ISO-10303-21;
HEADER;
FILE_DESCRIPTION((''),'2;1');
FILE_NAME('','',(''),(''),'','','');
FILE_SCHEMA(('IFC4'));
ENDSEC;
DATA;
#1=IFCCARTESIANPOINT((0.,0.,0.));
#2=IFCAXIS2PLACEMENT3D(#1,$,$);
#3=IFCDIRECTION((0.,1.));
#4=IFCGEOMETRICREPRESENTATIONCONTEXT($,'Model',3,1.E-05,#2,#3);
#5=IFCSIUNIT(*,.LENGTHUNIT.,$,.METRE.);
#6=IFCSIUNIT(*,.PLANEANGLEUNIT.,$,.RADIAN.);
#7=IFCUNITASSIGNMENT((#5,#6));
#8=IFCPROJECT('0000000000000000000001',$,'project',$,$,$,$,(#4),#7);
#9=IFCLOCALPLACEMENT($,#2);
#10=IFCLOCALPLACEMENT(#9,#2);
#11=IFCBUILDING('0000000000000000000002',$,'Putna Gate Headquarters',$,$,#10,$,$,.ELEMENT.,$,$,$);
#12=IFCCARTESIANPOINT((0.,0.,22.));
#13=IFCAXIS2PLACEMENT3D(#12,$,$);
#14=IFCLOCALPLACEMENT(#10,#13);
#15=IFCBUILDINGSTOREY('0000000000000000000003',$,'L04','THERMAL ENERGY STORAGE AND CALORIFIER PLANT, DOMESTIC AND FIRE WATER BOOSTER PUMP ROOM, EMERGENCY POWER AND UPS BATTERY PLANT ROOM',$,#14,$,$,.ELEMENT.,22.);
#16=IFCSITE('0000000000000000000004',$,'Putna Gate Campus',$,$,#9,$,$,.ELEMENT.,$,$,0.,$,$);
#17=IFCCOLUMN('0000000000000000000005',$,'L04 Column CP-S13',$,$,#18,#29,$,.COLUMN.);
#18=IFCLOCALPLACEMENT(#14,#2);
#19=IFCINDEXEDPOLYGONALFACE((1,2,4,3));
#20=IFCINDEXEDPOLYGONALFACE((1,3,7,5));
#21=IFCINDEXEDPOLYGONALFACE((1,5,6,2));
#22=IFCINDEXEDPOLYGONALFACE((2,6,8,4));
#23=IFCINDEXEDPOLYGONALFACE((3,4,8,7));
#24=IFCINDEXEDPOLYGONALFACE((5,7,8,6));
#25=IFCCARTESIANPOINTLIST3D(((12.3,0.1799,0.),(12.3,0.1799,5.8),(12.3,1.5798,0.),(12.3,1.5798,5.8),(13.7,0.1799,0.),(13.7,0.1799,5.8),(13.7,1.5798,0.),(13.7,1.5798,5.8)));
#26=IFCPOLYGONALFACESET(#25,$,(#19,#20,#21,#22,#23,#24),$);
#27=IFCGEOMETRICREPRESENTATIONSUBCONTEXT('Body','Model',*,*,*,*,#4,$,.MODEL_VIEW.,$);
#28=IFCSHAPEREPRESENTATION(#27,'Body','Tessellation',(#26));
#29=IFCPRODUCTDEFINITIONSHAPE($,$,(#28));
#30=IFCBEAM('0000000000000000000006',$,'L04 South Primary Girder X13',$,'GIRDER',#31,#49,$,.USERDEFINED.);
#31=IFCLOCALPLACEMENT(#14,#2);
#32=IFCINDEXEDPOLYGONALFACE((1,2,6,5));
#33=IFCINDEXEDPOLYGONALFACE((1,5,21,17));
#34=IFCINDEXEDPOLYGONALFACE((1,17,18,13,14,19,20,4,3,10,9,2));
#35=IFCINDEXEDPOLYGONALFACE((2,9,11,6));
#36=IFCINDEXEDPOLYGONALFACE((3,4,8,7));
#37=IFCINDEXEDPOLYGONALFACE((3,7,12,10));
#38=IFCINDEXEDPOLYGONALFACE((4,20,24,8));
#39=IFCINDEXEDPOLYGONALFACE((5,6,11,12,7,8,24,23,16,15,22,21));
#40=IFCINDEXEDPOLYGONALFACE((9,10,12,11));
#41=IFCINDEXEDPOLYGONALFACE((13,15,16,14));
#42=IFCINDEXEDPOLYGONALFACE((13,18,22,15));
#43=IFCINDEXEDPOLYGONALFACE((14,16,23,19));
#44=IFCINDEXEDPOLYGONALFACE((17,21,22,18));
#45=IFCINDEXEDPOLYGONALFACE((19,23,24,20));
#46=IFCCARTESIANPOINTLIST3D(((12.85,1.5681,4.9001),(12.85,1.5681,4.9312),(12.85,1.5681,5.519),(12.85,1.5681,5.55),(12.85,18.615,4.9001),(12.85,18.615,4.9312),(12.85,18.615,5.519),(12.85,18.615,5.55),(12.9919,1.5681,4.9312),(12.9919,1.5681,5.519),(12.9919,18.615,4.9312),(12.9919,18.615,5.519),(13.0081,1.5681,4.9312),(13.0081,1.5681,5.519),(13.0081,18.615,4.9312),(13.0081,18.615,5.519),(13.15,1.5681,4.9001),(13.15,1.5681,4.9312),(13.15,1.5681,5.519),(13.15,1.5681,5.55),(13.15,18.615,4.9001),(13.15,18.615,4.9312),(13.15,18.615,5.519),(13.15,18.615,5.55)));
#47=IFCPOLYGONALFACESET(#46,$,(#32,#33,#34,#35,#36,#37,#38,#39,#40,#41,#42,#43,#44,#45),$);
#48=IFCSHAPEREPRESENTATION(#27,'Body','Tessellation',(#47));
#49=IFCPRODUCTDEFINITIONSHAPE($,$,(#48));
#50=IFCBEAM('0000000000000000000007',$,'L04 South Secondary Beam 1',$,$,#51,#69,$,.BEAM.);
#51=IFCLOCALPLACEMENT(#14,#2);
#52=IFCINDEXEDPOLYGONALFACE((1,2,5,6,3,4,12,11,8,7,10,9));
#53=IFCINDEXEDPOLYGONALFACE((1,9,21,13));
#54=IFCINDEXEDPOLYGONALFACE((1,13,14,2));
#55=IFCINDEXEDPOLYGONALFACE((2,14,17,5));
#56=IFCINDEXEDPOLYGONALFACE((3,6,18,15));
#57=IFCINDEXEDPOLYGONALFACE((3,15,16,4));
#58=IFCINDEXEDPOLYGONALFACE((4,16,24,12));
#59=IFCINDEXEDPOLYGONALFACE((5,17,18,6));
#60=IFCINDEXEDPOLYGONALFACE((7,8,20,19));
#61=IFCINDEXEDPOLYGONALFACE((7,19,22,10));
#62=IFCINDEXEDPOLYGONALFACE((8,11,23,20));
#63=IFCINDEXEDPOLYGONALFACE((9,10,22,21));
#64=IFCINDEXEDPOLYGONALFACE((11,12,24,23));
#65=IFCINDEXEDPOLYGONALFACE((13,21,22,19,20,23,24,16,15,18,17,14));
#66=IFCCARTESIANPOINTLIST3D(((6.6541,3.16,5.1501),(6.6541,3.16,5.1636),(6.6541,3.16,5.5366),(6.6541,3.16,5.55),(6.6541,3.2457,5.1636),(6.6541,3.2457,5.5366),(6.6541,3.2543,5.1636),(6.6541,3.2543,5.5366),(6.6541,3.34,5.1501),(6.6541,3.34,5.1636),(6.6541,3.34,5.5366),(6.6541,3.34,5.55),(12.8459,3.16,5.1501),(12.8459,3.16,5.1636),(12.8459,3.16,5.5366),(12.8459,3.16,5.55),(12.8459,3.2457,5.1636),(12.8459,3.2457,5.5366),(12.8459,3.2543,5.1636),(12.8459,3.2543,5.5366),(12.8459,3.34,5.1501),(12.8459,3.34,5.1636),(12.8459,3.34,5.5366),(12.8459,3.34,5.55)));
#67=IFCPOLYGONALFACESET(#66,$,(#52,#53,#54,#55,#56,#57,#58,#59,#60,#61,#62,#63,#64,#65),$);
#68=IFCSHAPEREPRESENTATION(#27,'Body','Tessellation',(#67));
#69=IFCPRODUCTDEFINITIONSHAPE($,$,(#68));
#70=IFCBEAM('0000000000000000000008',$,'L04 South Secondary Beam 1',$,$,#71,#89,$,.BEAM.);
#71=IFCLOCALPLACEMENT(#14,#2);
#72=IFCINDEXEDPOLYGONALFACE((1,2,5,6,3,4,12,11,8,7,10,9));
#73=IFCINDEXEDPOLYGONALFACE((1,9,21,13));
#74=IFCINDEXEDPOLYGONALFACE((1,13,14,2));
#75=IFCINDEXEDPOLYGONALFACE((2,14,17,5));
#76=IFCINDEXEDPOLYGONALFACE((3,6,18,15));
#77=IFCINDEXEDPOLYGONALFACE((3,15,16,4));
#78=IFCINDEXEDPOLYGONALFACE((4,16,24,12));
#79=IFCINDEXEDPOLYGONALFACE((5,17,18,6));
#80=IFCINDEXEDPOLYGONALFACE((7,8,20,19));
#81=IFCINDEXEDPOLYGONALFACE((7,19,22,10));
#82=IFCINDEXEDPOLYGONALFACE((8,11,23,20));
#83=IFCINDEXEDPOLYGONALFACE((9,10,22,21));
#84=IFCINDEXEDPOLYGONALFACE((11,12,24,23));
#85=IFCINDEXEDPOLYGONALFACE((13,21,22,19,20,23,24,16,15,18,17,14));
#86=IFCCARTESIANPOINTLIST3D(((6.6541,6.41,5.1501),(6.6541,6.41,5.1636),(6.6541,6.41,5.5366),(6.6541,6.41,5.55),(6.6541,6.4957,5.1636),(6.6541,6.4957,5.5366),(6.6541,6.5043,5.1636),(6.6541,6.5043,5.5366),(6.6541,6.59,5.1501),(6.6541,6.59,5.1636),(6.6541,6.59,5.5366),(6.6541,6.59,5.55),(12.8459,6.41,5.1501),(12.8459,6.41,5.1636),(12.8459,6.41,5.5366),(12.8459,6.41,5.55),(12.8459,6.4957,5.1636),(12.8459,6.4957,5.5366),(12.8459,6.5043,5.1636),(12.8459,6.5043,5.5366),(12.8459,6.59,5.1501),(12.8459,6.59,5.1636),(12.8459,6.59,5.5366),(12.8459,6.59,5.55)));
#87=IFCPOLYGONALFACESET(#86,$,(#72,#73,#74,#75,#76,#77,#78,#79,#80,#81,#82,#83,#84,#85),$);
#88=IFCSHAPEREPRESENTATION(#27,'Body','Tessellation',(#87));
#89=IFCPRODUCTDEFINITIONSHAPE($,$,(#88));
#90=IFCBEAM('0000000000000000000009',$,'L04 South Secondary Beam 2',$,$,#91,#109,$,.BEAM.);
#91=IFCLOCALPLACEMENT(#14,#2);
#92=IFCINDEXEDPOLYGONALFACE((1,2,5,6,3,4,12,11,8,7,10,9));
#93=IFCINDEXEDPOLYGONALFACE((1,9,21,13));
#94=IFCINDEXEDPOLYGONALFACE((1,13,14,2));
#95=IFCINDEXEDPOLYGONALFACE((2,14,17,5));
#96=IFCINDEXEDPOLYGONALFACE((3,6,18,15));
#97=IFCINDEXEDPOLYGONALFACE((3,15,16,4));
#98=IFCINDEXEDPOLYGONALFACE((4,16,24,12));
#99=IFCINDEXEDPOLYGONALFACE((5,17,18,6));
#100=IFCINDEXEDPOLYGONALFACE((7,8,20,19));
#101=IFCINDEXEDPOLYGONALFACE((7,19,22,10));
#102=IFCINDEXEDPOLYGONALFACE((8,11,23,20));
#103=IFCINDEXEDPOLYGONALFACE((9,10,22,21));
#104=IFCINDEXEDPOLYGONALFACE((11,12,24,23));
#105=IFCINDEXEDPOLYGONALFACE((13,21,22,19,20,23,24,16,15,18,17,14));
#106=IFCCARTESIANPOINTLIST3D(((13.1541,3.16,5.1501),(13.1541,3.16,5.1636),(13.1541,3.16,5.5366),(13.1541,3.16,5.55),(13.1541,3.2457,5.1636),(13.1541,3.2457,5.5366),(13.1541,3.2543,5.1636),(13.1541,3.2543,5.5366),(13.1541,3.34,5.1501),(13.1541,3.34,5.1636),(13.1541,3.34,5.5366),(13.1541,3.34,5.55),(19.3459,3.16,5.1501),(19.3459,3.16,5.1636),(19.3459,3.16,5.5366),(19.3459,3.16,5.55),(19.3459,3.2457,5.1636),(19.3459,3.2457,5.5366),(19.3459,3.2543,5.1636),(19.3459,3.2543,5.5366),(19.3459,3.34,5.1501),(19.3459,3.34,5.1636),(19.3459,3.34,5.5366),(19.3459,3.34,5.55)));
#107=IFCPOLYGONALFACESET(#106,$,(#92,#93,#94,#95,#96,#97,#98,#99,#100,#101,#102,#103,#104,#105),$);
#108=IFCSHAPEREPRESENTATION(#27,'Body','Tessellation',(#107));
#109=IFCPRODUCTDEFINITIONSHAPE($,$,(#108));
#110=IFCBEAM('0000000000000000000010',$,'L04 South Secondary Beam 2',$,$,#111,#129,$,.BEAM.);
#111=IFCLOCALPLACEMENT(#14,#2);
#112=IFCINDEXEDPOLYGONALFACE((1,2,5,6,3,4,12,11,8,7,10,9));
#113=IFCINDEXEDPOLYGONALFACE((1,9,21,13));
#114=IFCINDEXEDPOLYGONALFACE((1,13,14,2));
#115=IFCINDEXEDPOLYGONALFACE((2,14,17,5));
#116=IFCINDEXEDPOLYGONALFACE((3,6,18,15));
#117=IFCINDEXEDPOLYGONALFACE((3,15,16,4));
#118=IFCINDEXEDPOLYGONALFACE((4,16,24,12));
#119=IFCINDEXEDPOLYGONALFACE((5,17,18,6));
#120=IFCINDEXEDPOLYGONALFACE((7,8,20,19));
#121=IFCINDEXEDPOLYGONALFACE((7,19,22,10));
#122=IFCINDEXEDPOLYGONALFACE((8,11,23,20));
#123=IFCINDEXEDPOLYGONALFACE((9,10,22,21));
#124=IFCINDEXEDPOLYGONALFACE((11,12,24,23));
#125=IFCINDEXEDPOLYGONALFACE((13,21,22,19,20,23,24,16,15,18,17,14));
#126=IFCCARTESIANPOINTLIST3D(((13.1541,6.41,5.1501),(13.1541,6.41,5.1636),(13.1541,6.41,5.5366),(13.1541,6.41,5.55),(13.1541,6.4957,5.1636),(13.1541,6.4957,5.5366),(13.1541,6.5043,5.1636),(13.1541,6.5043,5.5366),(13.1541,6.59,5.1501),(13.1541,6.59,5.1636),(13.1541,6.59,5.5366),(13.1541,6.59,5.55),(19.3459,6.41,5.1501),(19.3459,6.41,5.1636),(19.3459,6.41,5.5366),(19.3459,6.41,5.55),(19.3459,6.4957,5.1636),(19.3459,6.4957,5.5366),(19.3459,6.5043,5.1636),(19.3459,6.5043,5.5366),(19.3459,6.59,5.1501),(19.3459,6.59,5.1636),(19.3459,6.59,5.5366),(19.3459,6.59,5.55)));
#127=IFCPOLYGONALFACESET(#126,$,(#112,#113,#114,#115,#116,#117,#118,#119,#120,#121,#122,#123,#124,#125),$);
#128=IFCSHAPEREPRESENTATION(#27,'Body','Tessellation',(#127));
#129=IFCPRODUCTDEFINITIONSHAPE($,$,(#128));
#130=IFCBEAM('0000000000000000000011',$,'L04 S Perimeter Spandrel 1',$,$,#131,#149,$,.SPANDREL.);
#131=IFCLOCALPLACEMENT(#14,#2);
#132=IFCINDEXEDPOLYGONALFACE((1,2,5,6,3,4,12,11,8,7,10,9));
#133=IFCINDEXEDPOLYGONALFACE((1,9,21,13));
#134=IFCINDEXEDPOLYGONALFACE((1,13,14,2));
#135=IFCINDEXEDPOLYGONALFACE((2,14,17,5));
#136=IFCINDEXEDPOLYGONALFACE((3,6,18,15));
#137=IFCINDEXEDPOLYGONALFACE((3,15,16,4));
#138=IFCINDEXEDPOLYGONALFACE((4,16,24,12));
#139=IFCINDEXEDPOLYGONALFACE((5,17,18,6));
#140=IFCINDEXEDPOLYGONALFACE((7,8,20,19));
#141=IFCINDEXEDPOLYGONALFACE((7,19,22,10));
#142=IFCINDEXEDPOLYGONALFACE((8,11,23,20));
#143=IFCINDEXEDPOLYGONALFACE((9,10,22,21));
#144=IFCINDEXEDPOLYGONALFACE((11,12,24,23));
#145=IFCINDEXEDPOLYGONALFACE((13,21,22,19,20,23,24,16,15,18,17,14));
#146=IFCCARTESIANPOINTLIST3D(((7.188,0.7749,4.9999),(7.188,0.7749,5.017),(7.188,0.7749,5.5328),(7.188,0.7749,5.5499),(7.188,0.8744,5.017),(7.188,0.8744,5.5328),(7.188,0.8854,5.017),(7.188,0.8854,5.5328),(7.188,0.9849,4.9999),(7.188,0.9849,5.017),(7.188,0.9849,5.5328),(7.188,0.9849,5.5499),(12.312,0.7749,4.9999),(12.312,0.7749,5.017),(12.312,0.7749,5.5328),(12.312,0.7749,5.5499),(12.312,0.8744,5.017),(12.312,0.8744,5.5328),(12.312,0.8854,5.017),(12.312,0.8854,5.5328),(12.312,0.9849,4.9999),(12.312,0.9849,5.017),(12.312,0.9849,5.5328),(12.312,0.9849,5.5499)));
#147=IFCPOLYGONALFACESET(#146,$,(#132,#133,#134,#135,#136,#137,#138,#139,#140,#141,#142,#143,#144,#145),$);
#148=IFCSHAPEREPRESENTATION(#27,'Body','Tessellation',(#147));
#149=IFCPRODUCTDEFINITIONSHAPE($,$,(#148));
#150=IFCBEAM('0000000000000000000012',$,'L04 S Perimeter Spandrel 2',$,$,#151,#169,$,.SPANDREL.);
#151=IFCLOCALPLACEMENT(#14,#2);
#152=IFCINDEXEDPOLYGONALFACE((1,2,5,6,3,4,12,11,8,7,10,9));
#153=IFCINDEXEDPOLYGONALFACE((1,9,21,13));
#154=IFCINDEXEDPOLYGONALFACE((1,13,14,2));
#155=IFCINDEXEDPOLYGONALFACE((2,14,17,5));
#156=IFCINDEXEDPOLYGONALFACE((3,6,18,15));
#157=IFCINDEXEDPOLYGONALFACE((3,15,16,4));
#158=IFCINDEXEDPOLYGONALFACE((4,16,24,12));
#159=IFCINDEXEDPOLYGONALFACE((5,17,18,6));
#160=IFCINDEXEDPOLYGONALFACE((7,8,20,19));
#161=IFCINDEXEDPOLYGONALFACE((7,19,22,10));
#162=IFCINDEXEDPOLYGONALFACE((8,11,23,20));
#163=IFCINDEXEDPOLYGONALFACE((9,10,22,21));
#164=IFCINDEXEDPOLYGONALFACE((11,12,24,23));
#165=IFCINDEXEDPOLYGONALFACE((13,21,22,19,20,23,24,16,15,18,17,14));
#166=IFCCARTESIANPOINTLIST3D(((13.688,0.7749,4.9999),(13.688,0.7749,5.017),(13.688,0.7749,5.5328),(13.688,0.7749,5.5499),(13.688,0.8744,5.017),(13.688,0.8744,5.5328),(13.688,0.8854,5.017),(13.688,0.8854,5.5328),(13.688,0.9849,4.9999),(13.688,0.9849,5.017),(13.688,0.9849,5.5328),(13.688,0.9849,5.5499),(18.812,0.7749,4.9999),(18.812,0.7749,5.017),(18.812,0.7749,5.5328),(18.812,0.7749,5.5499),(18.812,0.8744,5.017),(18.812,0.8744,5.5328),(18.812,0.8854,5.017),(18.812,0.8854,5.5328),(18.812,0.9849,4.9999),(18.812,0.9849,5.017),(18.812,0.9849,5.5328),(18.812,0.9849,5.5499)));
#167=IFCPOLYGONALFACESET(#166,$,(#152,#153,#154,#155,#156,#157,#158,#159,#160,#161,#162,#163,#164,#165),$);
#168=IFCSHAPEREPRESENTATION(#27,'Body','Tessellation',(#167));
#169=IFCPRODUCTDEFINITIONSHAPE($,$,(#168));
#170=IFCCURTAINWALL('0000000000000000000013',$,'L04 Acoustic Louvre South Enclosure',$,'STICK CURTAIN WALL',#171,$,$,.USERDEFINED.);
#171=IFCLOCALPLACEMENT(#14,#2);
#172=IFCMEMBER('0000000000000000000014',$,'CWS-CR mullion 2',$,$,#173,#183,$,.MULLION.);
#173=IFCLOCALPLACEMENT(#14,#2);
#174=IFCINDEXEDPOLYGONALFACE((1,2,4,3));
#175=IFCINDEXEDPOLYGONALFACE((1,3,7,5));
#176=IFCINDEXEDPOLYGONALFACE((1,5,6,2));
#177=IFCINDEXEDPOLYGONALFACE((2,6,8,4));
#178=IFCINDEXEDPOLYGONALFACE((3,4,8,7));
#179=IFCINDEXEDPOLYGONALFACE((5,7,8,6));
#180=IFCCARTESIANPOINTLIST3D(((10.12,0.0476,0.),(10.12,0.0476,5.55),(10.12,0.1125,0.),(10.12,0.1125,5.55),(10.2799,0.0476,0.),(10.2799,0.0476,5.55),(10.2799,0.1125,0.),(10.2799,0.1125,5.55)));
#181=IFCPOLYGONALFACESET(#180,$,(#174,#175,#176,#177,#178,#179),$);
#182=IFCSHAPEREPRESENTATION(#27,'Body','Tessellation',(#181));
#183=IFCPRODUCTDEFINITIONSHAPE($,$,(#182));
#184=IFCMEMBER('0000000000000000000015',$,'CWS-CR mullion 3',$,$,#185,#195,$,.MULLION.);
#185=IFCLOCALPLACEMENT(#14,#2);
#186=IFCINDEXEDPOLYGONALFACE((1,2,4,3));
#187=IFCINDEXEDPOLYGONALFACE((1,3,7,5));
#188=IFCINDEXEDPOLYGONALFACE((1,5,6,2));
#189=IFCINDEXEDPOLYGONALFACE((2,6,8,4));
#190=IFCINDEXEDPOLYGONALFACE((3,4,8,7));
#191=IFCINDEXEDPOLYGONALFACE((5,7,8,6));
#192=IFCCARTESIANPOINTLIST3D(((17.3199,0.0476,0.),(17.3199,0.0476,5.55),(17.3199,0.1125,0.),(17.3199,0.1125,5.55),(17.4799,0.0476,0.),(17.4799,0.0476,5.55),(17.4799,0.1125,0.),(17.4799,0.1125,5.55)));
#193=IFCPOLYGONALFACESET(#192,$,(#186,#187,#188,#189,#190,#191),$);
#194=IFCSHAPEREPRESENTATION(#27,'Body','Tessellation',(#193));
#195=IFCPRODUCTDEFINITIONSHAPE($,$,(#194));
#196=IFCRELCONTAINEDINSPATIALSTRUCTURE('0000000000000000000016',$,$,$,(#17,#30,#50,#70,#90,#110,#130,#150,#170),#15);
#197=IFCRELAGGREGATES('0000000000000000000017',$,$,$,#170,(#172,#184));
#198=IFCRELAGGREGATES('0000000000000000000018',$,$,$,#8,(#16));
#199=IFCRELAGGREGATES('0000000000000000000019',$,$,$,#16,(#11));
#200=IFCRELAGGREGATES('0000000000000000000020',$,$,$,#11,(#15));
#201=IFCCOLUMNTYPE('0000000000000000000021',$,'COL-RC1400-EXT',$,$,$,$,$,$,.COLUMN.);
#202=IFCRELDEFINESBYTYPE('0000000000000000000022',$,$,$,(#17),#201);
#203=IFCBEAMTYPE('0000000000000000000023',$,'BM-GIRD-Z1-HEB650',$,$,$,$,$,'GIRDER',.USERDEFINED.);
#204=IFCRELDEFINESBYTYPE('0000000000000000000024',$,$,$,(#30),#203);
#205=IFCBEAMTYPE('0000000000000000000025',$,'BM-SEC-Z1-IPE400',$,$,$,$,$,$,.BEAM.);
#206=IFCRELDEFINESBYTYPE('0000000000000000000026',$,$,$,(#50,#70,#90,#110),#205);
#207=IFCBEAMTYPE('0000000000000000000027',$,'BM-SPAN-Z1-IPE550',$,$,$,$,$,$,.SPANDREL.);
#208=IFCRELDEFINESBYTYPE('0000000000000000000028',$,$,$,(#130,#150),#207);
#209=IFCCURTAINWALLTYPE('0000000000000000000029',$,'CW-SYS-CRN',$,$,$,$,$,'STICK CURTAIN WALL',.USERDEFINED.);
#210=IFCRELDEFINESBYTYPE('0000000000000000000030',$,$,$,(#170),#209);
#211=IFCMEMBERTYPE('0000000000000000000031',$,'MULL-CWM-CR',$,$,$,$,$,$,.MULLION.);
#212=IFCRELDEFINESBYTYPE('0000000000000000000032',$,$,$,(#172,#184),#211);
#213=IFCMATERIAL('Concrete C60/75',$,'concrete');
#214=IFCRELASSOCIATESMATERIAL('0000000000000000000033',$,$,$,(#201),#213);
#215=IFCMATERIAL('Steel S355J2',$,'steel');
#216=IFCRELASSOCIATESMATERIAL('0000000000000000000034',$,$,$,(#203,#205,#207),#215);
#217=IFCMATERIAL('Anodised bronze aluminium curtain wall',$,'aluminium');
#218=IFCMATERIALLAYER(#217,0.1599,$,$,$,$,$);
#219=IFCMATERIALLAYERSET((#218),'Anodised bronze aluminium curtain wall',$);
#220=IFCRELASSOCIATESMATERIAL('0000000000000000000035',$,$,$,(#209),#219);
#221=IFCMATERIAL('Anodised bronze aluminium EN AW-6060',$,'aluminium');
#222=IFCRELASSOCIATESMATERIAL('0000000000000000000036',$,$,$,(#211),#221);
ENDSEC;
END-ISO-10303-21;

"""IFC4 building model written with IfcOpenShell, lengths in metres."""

from ifc_helpers import new_model, si_unit, direction, frame, origin, origin_2d, place, context, subcontext, project, spatial, rectangle, i_section, extrude, material, layer, layer_set, material_profile, profile_set, type_object, element, aggregate, save


model = new_model("IFC4")

# Units and contexts
model_context = context("Model", 3, precision=1e-05, world=origin(), true_north=direction((0.0, 1.0)))
body_context = subcontext(model_context, "Body", "Model", "MODEL_VIEW")
ifc_project = project(units=[si_unit("LENGTHUNIT", "METRE"), si_unit("PLANEANGLEUNIT", "RADIAN")], contexts=[model_context])

# Site, building, storey
site_placement = place(None, origin())
site = spatial("IfcSite", under=ifc_project, at=site_placement, Name="Putna Gate Campus", CompositionType="ELEMENT", RefElevation=0.0)
building_placement = place(site_placement, origin())
building = spatial("IfcBuilding", under=site, at=building_placement, Name="Putna Gate Headquarters", CompositionType="ELEMENT")
storey_placement = place(building_placement, frame((0.0, 0.0, 22.0)))
storey = spatial("IfcBuildingStorey", under=building, at=storey_placement, Name="L04", Description="THERMAL ENERGY STORAGE AND CALORIFIER PLANT, DOMESTIC AND FIRE WATER BOOSTER PUMP ROOM, EMERGENCY POWER AND UPS BATTERY PLANT ROOM", CompositionType="ELEMENT", Elevation=22.0)

# Column
ifc_material_1 = material(Name="Concrete C60/75", Category="concrete")
ifc_material_profile_1 = material_profile(ifc_material_1, rectangle(XDim=1.3999, YDim=1.3999, at=origin_2d()), Name="Concrete C60/75")
ifc_profile_set_1 = profile_set([ifc_material_profile_1], Name="Concrete C60/75")
column_type = type_object("IfcColumnType", Name="COL-RC1400-EXT", PredefinedType="COLUMN", material=ifc_profile_set_1)
column_placement = place(storey_placement, frame((13.0, 0.8799, 0.0), z_axis=(0.0, 0.0, 1.0), x_axis=(1.0, 0.0, 0.0)))
element("IfcColumn", 1, at=column_placement, inside=storey, type_object=column_type, Name="L04 Column CP-S13", PredefinedType="COLUMN", context=body_context, shape_type="SweptSolid", body=[
    extrude(rectangle(XDim=1.3999, YDim=1.3999, at=origin_2d()), origin(), (0.0, 0.0, 1.0), 5.8),
])

# Beams
ifc_material_2 = material(Name="Steel S355J2", Category="steel")
ifc_material_profile_2 = material_profile(ifc_material_2, i_section(OverallWidth=0.3, OverallDepth=0.6499, WebThickness=0.0161, FlangeThickness=0.031, at=origin_2d()), Name="Steel S355J2")
ifc_profile_set_2 = profile_set([ifc_material_profile_2], Name="Steel S355J2")
beam_type_1 = type_object("IfcBeamType", Name="BM-GIRD-Z1-HEB650", ElementType="GIRDER", PredefinedType="USERDEFINED", material=ifc_profile_set_2)
beam_placement = place(storey_placement, frame((13.0, 1.5681, 5.2251), z_axis=(0.0, 1.0, 0.0), x_axis=(-1.0, 0.0, 0.0)))
element("IfcBeam", 2, at=beam_placement, inside=storey, type_object=beam_type_1, Name="L04 South Primary Girder X13", ObjectType="GIRDER", PredefinedType="USERDEFINED", context=body_context, shape_type="SweptSolid", body=[
    extrude(i_section(OverallWidth=0.3, OverallDepth=0.6499, WebThickness=0.0161, FlangeThickness=0.031, at=origin_2d()), origin(), (0.0, 0.0, 1.0), 17.0469),
])
ifc_material_profile_3 = material_profile(ifc_material_2, i_section(OverallWidth=0.1799, OverallDepth=0.3999, WebThickness=0.0085, FlangeThickness=0.0134, at=origin_2d()), Name="Steel S355J2")
ifc_profile_set_3 = profile_set([ifc_material_profile_3], Name="Steel S355J2")
beam_type_2 = type_object("IfcBeamType", Name="BM-SEC-Z1-IPE400", PredefinedType="BEAM", material=ifc_profile_set_3)
for number, where, z_axis, x_axis, name in (
    (3, (6.6541, 3.25, 5.3501), (1.0, 0.0, 0.0), (0.0, 1.0, 0.0), "L04 South Secondary Beam 1"),
    (4, (6.6541, 6.5, 5.3501), (1.0, 0.0, 0.0), (0.0, 1.0, 0.0), "L04 South Secondary Beam 1"),
    (5, (13.1541, 3.25, 5.3501), (1.0, 0.0, 0.0), (0.0, 1.0, 0.0), "L04 South Secondary Beam 2"),
    (6, (13.1541, 6.5, 5.3501), (1.0, 0.0, 0.0), (0.0, 1.0, 0.0), "L04 South Secondary Beam 2"),
):
    element("IfcBeam", number, at=place(storey_placement, frame(where, z_axis=z_axis, x_axis=x_axis)), inside=storey, type_object=beam_type_2, Name=name, PredefinedType="BEAM", context=body_context, shape_type="SweptSolid", body=[
        extrude(i_section(OverallWidth=0.1799, OverallDepth=0.3999, WebThickness=0.0085, FlangeThickness=0.0134, at=origin_2d()), origin(), (0.0, 0.0, 1.0), 6.1919),
    ])
ifc_material_profile_4 = material_profile(ifc_material_2, i_section(OverallWidth=0.21, OverallDepth=0.55, WebThickness=0.011, FlangeThickness=0.0171, at=origin_2d()), Name="Steel S355J2")
ifc_profile_set_4 = profile_set([ifc_material_profile_4], Name="Steel S355J2")
beam_type_3 = type_object("IfcBeamType", Name="BM-SPAN-Z1-IPE550", PredefinedType="SPANDREL", material=ifc_profile_set_4)
for number, where, z_axis, x_axis, name in (
    (7, (7.188, 0.8799, 5.2749), (1.0, 0.0, 0.0), (0.0, 1.0, 0.0), "L04 S Perimeter Spandrel 1"),
    (8, (13.688, 0.8799, 5.2749), (1.0, 0.0, 0.0), (0.0, 1.0, 0.0), "L04 S Perimeter Spandrel 2"),
):
    element("IfcBeam", number, at=place(storey_placement, frame(where, z_axis=z_axis, x_axis=x_axis)), inside=storey, type_object=beam_type_3, Name=name, PredefinedType="SPANDREL", context=body_context, shape_type="SweptSolid", body=[
        extrude(i_section(OverallWidth=0.21, OverallDepth=0.55, WebThickness=0.011, FlangeThickness=0.0171, at=origin_2d()), origin(), (0.0, 0.0, 1.0), 5.124),
    ])

# Curtain wall, members
ifc_material_3 = material(Name="Anodised bronze aluminium curtain wall", Category="aluminium")
ifc_layer_1 = layer(ifc_material_3, 0.1599)
ifc_layer_set_1 = layer_set([ifc_layer_1], Name="Anodised bronze aluminium curtain wall")
curtain_wall_type = type_object("IfcCurtainWallType", Name="CW-SYS-CRN", ElementType="STICK CURTAIN WALL", PredefinedType="USERDEFINED", material=ifc_layer_set_1)
curtain_wall_placement = place(storey_placement, origin())
curtain_wall = element("IfcCurtainWall", 9, at=curtain_wall_placement, inside=storey, type_object=curtain_wall_type, Name="L04 Acoustic Louvre South Enclosure", ObjectType="STICK CURTAIN WALL", PredefinedType="USERDEFINED")
ifc_material_4 = material(Name="Anodised bronze aluminium EN AW-6060", Category="aluminium")
ifc_material_profile_5 = material_profile(ifc_material_4, rectangle(XDim=0.0649, YDim=0.1599, at=origin_2d()), Name="Anodised bronze aluminium EN AW-6060")
ifc_profile_set_5 = profile_set([ifc_material_profile_5], Name="Anodised bronze aluminium EN AW-6060")
member_type_1 = type_object("IfcMemberType", Name="MULL-CWM-CR", PredefinedType="MULLION", material=ifc_profile_set_5)
member_1_placement = place(storey_placement, frame((10.2, 0.0801, 0.0), z_axis=(0.0, 0.0, 1.0), x_axis=(0.0, 1.0, 0.0)))
member_1 = element("IfcMember", 10, at=member_1_placement, type_object=member_type_1, Name="CWS-CR mullion 2", PredefinedType="MULLION", context=body_context, shape_type="SweptSolid", body=[
    extrude(rectangle(XDim=0.0649, YDim=0.1599, at=origin_2d()), origin(), (0.0, 0.0, 1.0), 5.55),
])
member_2_placement = place(storey_placement, frame((17.3999, 0.0801, 0.0), z_axis=(0.0, 0.0, 1.0), x_axis=(0.0, 1.0, 0.0)))
member_2 = element("IfcMember", 11, at=member_2_placement, type_object=member_type_1, Name="CWS-CR mullion 3", PredefinedType="MULLION", context=body_context, shape_type="SweptSolid", body=[
    extrude(rectangle(XDim=0.0649, YDim=0.1599, at=origin_2d()), origin(), (0.0, 0.0, 1.0), 5.55),
])
aggregate(curtain_wall, [member_1, member_2])

save(model, "model.ifc")
